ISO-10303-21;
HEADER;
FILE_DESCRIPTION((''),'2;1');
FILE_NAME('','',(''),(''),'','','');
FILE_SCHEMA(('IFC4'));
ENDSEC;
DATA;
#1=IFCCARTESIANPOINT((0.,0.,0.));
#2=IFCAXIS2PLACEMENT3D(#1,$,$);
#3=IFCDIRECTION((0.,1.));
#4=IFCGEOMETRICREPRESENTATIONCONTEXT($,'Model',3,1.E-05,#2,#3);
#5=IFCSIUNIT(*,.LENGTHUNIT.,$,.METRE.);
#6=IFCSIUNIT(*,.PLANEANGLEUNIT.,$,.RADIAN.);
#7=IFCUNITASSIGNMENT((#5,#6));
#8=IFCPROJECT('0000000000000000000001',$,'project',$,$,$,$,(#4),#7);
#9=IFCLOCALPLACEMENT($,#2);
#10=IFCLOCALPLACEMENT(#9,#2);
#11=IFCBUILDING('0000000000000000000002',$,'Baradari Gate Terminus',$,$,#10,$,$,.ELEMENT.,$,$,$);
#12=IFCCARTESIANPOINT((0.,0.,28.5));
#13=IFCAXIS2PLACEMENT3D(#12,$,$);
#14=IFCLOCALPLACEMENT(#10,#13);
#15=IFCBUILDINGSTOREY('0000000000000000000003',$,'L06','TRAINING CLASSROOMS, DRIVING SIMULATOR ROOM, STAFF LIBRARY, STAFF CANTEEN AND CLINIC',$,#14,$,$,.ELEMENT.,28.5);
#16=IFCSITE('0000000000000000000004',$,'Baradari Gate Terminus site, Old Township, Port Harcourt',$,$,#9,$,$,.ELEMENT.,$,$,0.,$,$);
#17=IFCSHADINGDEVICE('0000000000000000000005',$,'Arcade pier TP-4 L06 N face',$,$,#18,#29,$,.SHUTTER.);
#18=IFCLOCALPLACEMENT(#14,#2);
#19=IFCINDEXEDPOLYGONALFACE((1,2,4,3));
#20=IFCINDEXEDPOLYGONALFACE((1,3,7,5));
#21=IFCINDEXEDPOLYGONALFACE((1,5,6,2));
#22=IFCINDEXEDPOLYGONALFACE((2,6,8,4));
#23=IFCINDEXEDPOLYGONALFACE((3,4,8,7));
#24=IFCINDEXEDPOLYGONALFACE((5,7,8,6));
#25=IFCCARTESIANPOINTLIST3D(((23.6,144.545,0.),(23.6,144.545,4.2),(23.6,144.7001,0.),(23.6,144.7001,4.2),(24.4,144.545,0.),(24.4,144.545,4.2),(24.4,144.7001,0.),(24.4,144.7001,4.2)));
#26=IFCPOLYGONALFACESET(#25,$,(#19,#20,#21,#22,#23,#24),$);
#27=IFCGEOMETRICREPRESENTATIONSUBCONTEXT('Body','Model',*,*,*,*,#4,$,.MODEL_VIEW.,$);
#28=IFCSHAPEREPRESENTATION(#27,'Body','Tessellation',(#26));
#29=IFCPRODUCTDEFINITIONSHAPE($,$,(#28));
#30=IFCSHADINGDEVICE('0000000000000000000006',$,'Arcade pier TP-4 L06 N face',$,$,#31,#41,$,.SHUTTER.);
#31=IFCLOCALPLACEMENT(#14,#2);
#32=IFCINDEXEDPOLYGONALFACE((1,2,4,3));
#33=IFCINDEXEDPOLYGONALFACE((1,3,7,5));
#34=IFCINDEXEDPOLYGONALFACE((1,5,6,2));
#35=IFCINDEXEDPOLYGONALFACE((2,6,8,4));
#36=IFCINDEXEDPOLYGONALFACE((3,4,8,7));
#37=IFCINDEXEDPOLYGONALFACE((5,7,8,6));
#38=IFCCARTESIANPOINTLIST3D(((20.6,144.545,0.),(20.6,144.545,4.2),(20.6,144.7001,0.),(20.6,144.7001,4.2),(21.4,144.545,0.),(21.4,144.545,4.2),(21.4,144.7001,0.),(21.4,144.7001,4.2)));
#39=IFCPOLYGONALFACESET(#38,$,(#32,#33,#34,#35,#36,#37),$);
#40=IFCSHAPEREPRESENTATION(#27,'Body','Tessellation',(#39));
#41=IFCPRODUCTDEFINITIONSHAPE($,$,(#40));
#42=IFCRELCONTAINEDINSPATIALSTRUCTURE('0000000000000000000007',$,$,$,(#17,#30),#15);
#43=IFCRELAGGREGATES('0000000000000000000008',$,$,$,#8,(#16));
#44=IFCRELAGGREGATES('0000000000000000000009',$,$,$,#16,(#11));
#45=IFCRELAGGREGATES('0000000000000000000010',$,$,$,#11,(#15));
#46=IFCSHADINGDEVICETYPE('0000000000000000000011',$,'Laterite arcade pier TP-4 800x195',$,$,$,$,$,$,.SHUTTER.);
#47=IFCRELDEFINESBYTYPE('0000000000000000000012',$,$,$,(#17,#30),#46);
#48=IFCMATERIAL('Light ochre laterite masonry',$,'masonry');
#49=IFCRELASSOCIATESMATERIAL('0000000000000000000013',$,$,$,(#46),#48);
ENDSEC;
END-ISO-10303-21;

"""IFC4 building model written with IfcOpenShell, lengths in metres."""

from ifc_helpers import new_model, si_unit, direction, frame, origin, origin_2d, place, context, subcontext, project, spatial, rectangle, extrude, material, type_object, element, save


model = new_model("IFC4")

# Units and contexts
model_context = context("Model", 3, precision=1e-05, world=origin(), true_north=direction((0.0, 1.0)))
body_context = subcontext(model_context, "Body", "Model", "MODEL_VIEW")
ifc_project = project(units=[si_unit("LENGTHUNIT", "METRE"), si_unit("PLANEANGLEUNIT", "RADIAN")], contexts=[model_context])

# Site, building, storey
site_placement = place(None, origin())
site = spatial("IfcSite", under=ifc_project, at=site_placement, Name="Baradari Gate Terminus site, Old Township, Port Harcourt", CompositionType="ELEMENT", RefElevation=0.0)
building_placement = place(site_placement, origin())
building = spatial("IfcBuilding", under=site, at=building_placement, Name="Baradari Gate Terminus", CompositionType="ELEMENT")
storey_placement = place(building_placement, frame((0.0, 0.0, 28.5)))
storey = spatial("IfcBuildingStorey", under=building, at=storey_placement, Name="L06", Description="TRAINING CLASSROOMS, DRIVING SIMULATOR ROOM, STAFF LIBRARY, STAFF CANTEEN AND CLINIC", CompositionType="ELEMENT", Elevation=28.5)

# Shading devices
ifc_material_1 = material(Name="Light ochre laterite masonry", Category="masonry")
shading_device_type = type_object("IfcShadingDeviceType", Name="Laterite arcade pier TP-4 800x195", PredefinedType="SHUTTER", material=ifc_material_1)
for number, where, z_axis, x_axis, name in (
    (1, (24.0, 144.6226, 0.0), (0.0, 0.0, 1.0), (-1.0, 0.0, 0.0), "Arcade pier TP-4 L06 N face"),
    (2, (21.0, 144.6226, 0.0), (0.0, 0.0, 1.0), (-1.0, 0.0, 0.0), "Arcade pier TP-4 L06 N face"),
):
    element("IfcShadingDevice", number, at=place(storey_placement, frame(where, z_axis=z_axis, x_axis=x_axis)), inside=storey, type_object=shading_device_type, Name=name, PredefinedType="SHUTTER", context=body_context, shape_type="SweptSolid", body=[
        extrude(rectangle(XDim=0.8, YDim=0.155, at=origin_2d()), origin(), (0.0, 0.0, 1.0), 4.2),
    ])

save(model, "model.ifc")
